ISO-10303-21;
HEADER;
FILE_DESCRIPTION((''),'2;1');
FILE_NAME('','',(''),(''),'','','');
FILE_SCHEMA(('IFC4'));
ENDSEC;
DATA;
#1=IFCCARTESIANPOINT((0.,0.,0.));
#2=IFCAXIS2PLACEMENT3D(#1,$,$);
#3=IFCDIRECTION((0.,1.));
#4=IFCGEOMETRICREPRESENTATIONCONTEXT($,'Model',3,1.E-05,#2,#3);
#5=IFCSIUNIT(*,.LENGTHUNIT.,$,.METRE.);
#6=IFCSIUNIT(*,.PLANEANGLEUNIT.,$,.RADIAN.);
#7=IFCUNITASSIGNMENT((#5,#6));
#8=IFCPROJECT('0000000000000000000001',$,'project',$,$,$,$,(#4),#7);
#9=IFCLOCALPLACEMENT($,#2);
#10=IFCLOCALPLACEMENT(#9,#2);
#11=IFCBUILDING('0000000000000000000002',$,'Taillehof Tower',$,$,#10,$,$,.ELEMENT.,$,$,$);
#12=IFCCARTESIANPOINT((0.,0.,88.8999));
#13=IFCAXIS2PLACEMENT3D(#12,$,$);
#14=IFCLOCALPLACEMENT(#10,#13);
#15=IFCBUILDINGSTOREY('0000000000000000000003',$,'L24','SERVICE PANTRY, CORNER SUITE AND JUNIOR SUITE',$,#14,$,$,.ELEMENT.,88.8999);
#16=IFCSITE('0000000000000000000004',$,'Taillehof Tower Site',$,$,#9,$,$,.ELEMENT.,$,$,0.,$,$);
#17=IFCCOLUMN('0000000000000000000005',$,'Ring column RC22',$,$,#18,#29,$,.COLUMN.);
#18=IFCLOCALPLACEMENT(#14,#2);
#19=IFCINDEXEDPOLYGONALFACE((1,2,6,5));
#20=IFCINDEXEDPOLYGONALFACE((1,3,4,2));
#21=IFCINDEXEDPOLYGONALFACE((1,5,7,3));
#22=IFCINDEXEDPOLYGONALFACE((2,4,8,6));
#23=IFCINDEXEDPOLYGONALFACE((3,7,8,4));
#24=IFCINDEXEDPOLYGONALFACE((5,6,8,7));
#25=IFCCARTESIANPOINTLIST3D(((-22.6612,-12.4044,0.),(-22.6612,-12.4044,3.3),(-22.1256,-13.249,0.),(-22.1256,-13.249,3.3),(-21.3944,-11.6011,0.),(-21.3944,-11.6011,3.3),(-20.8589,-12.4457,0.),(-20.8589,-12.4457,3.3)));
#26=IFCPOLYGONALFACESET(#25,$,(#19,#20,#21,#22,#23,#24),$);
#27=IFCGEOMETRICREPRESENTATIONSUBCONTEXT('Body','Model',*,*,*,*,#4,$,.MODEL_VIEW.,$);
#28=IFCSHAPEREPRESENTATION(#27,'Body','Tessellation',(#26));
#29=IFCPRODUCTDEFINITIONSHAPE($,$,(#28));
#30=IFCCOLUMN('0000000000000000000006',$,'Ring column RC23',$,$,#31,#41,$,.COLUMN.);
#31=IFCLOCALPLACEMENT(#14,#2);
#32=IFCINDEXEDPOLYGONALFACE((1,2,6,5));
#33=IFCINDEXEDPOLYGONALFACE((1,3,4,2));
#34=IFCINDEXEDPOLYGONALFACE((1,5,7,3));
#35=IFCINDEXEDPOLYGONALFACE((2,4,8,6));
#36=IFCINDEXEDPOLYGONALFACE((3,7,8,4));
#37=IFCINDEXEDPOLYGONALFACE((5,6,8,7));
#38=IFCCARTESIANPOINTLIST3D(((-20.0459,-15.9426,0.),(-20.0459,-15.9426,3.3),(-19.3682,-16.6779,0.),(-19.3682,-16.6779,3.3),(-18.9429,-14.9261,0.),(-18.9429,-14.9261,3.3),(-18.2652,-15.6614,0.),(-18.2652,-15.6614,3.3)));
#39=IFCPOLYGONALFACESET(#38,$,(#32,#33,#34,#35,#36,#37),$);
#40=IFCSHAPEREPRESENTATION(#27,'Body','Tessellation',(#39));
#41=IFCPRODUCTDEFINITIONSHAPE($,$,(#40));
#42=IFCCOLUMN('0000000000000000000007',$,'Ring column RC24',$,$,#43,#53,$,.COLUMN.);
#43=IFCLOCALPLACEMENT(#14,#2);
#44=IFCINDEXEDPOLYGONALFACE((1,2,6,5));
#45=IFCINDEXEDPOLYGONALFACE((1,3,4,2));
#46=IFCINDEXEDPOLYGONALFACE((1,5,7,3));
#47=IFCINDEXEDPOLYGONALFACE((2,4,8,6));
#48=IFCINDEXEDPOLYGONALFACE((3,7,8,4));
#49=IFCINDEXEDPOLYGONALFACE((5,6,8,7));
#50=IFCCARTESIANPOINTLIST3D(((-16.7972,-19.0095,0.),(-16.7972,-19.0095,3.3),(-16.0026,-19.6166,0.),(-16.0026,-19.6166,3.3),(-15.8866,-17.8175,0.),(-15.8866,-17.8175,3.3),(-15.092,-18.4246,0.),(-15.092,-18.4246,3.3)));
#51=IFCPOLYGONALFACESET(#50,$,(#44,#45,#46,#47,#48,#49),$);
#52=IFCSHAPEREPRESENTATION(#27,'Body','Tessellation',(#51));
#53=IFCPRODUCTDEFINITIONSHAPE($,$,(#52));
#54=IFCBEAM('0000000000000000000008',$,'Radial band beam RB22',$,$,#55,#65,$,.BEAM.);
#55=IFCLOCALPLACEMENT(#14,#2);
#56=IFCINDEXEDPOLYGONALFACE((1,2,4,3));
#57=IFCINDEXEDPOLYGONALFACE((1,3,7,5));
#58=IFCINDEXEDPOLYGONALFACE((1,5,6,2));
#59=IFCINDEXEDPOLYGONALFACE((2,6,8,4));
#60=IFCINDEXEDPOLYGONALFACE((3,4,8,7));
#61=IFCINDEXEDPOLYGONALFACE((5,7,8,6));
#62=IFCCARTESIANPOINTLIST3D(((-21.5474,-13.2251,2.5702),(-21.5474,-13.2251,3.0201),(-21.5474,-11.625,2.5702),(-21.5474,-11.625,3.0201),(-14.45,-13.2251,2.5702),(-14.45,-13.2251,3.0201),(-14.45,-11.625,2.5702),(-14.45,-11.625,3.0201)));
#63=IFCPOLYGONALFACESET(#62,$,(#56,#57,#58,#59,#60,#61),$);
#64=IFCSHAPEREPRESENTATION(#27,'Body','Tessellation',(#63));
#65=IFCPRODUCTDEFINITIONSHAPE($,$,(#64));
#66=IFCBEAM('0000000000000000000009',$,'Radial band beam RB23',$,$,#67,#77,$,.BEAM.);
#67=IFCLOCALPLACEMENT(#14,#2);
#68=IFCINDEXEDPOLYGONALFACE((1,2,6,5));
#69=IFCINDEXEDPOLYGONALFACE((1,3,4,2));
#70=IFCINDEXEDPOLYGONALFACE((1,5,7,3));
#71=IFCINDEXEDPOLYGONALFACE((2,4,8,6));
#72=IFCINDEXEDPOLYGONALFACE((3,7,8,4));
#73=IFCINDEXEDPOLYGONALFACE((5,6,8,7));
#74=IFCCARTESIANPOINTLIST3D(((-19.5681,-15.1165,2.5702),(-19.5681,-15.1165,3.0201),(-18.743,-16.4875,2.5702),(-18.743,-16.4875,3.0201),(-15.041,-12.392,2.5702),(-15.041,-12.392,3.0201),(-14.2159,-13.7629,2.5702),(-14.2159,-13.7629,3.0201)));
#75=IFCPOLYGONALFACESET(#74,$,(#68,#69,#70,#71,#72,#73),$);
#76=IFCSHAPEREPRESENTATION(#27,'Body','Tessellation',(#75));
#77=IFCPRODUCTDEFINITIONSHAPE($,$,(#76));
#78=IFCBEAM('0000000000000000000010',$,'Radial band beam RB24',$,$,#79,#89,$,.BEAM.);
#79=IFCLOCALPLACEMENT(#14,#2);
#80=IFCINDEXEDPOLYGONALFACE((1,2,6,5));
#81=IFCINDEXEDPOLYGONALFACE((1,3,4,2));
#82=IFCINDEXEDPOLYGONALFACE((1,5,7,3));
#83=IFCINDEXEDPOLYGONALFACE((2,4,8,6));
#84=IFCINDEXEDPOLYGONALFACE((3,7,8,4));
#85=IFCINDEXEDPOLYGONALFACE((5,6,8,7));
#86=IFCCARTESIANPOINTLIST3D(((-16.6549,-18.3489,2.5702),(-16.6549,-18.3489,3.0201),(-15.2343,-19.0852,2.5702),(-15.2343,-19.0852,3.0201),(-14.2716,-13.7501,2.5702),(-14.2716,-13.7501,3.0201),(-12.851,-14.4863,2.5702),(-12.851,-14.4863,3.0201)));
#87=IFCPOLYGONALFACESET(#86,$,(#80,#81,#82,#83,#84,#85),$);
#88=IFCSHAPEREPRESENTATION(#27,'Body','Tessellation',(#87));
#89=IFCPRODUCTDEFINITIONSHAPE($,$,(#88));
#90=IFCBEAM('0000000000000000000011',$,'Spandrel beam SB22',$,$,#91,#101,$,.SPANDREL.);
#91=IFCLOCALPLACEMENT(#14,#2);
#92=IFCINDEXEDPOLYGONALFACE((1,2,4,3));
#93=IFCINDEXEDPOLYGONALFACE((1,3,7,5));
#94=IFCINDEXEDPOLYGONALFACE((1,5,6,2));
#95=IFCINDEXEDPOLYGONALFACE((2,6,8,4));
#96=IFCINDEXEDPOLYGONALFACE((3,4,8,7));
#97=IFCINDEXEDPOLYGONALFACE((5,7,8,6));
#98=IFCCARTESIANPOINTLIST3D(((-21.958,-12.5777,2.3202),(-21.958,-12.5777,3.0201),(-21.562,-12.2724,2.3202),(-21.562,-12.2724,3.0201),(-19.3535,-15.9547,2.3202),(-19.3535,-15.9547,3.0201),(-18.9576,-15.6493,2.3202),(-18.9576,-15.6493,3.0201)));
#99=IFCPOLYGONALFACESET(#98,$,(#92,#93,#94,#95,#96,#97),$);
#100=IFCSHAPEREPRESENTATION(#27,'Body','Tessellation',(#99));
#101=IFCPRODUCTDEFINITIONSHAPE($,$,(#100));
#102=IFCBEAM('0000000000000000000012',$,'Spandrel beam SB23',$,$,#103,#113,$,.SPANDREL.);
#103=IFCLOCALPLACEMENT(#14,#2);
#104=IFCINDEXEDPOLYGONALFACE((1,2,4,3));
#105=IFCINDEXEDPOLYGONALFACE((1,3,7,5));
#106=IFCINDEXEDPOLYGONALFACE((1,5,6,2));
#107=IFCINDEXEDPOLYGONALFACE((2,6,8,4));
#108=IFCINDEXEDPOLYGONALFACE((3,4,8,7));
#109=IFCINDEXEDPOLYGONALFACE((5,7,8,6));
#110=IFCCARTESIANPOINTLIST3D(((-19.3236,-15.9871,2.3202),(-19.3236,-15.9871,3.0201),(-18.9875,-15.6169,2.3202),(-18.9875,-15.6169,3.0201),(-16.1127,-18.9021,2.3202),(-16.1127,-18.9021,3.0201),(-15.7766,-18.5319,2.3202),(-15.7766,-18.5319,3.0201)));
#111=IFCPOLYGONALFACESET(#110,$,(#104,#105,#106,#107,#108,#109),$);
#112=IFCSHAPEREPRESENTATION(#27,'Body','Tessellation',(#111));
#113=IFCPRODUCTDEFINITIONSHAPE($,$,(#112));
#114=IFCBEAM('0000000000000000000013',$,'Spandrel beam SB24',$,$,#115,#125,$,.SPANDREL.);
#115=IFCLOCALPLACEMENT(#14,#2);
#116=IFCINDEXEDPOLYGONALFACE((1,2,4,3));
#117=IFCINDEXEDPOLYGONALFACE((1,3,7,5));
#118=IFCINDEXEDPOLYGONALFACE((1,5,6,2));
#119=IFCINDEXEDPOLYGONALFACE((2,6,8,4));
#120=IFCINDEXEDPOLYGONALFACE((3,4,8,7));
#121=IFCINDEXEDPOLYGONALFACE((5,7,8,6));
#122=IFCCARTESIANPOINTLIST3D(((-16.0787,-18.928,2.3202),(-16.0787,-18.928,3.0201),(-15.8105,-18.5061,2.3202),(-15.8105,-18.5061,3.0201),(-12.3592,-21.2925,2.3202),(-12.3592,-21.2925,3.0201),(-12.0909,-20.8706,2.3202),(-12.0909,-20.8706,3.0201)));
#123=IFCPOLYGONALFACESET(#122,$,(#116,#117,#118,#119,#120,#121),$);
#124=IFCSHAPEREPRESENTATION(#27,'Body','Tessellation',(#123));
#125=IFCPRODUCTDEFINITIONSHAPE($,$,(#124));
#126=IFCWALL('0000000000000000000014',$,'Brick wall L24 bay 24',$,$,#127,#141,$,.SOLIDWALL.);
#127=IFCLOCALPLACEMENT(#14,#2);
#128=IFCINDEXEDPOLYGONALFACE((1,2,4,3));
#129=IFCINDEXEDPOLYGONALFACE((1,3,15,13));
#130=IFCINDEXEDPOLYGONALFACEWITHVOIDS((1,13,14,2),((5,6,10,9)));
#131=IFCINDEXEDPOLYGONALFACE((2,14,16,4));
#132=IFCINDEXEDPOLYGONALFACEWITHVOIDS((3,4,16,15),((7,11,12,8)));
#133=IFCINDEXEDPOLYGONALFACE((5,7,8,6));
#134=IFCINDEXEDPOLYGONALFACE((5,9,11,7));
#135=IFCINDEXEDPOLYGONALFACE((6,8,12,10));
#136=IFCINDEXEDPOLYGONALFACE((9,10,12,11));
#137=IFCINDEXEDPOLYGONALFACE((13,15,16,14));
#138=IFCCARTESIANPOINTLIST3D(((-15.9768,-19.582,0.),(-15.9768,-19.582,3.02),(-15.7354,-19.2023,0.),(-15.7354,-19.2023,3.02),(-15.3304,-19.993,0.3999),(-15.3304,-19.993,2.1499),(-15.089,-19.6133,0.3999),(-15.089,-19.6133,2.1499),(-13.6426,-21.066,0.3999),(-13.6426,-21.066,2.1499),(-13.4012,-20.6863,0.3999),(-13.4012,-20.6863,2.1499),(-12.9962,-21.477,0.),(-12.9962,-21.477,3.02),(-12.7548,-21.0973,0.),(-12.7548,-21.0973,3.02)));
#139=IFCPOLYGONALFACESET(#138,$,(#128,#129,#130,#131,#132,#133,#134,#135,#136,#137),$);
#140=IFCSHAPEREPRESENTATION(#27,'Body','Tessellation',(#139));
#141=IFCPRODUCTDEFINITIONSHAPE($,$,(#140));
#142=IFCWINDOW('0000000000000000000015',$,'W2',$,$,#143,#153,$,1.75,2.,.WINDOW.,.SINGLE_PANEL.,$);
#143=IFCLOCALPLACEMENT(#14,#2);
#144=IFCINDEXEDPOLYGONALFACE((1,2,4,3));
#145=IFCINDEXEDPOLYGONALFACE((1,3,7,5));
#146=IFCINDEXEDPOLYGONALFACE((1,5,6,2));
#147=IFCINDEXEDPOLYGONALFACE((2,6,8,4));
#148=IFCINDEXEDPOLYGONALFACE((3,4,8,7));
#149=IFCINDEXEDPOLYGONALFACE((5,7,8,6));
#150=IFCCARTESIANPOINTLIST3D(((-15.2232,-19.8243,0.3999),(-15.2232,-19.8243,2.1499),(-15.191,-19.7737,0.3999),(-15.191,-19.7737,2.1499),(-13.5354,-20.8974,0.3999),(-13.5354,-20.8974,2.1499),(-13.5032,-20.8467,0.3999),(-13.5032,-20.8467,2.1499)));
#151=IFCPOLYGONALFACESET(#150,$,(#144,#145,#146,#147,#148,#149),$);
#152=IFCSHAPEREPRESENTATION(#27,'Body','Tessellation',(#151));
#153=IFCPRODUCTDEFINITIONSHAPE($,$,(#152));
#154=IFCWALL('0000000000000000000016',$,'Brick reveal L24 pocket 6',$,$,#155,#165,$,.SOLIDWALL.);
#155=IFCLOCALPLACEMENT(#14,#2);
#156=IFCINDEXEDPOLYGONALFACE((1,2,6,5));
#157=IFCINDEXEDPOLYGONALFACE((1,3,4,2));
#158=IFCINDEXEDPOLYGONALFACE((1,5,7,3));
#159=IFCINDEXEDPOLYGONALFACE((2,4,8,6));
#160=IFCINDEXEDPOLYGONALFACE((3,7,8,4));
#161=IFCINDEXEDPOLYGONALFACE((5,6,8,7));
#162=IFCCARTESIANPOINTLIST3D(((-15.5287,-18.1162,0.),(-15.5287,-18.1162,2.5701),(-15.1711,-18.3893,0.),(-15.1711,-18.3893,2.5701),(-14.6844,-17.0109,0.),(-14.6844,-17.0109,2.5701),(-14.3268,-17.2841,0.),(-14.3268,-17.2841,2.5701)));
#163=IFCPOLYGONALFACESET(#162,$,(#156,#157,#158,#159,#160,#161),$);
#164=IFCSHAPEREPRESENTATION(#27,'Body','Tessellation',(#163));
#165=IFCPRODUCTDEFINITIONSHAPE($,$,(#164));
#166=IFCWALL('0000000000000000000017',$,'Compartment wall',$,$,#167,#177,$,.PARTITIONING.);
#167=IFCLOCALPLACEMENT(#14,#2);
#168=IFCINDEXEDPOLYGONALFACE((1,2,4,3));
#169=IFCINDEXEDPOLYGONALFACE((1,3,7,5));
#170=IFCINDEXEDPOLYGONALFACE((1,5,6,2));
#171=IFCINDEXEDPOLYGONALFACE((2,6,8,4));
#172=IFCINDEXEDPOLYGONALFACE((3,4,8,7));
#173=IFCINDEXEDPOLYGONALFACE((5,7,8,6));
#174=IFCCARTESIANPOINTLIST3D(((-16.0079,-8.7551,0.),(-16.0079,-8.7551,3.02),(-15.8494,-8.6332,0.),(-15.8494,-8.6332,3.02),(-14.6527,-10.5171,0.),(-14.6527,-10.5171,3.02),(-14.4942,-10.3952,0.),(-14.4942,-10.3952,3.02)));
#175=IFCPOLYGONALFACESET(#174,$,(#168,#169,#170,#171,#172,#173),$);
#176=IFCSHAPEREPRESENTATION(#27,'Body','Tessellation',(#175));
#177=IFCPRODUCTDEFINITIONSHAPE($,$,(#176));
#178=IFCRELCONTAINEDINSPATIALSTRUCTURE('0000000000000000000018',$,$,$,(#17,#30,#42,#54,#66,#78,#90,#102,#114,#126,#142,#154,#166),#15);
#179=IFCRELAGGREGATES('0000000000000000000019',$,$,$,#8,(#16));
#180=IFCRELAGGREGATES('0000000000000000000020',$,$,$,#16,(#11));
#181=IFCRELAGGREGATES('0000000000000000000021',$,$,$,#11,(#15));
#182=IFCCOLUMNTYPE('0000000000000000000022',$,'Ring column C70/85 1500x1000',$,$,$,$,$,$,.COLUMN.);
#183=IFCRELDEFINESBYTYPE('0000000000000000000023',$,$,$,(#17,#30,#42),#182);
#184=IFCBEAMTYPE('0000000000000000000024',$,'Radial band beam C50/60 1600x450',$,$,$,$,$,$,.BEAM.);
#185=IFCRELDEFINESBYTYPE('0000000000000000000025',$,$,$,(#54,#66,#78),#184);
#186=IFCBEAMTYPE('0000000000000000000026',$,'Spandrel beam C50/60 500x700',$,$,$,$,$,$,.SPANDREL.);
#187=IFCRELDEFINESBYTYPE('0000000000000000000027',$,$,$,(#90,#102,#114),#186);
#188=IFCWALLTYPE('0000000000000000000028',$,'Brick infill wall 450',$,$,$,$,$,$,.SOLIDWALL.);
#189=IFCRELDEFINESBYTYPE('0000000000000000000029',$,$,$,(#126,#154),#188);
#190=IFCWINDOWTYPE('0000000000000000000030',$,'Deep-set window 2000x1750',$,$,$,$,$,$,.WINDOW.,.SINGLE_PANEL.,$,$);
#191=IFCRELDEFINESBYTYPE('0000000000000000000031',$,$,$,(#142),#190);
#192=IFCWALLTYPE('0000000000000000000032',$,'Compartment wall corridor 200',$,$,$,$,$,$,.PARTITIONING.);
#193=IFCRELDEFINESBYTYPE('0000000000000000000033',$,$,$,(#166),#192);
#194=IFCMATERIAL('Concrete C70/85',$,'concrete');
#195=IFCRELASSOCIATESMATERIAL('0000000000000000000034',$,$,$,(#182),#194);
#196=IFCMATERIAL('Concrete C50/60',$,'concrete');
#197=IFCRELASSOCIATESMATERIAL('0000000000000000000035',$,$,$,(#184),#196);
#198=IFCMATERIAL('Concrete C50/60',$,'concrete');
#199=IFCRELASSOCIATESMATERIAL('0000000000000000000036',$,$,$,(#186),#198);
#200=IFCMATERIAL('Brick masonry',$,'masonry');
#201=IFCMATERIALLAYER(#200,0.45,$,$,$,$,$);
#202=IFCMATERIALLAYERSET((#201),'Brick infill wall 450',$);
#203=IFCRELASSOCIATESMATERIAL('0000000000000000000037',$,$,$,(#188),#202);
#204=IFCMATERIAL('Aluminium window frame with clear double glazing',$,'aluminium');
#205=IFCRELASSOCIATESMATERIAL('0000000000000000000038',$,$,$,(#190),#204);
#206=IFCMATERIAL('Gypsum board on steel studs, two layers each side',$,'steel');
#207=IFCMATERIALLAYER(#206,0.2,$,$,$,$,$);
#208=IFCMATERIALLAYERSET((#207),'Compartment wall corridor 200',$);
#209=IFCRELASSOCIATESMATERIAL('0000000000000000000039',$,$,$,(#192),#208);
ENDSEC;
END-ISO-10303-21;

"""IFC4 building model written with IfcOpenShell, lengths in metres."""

from ifc_helpers import new_model, si_unit, direction, frame, frame_2d, origin, origin_2d, place, context, subcontext, project, spatial, rectangle, extrude, material, layer, layer_set, material_profile, profile_set, type_object, element, fill, save


model = new_model("IFC4")

# Units and contexts
model_context = context("Model", 3, precision=1e-05, world=origin(), true_north=direction((0.0, 1.0)))
body_context = subcontext(model_context, "Body", "Model", "MODEL_VIEW")
ifc_project = project(units=[si_unit("LENGTHUNIT", "METRE"), si_unit("PLANEANGLEUNIT", "RADIAN")], contexts=[model_context])

# Site, building, storey
site_placement = place(None, origin())
site = spatial("IfcSite", under=ifc_project, at=site_placement, Name="Taillehof Tower Site", CompositionType="ELEMENT", RefElevation=0.0)
building_placement = place(site_placement, origin())
building = spatial("IfcBuilding", under=site, at=building_placement, Name="Taillehof Tower", CompositionType="ELEMENT")
storey_placement = place(building_placement, frame((0.0, 0.0, 88.8999)))
storey = spatial("IfcBuildingStorey", under=building, at=storey_placement, Name="L24", Description="SERVICE PANTRY, CORNER SUITE AND JUNIOR SUITE", CompositionType="ELEMENT", Elevation=88.8999)

# Columns
ifc_material_1 = material(Name="Concrete C70/85", Category="concrete")
ifc_material_profile_1 = material_profile(ifc_material_1, rectangle(XDim=1.5, YDim=1.0, at=origin_2d()), Name="RC 1500x1000")
ifc_profile_set_1 = profile_set([ifc_material_profile_1], Name="Concrete C70/85")
column_type = type_object("IfcColumnType", Name="Ring column C70/85 1500x1000", PredefinedType="COLUMN", material=ifc_profile_set_1)
for number, where, z_axis, x_axis, name in (
    (1, (-21.76, -12.425, 0.0), (0.0, 0.0, 1.0), (-0.844511, -0.535537, 0.0), "Ring column RC22"),
    (2, (-19.1555, -15.802, 0.0), (0.0, 0.0, 1.0), (-0.735332, -0.677707, 0.0), "Ring column RC23"),
    (3, (-15.9446, -18.717, 0.0), (0.0, 0.0, 1.0), (-0.607074, -0.794645, 0.0), "Ring column RC24"),
):
    element("IfcColumn", number, at=place(storey_placement, frame(where, z_axis=z_axis, x_axis=x_axis)), inside=storey, type_object=column_type, Name=name, PredefinedType="COLUMN", context=body_context, shape_type="SweptSolid", body=[
        extrude(rectangle(XDim=1.5, YDim=1.0, at=origin_2d()), origin(), (0.0, 0.0, 1.0), 3.3),
    ])

# Beams
ifc_material_2 = material(Name="Concrete C50/60", Category="concrete")
ifc_material_profile_2 = material_profile(ifc_material_2, rectangle(XDim=1.6001, YDim=0.45, at=origin_2d()), Name="RC 1600x450")
ifc_profile_set_2 = profile_set([ifc_material_profile_2], Name="Concrete C50/60")
beam_type_1 = type_object("IfcBeamType", Name="Radial band beam C50/60 1600x450", PredefinedType="BEAM", material=ifc_profile_set_2)
beam_1_placement = place(storey_placement, frame((-21.5474, -12.425, 2.7952), z_axis=(1.0, 0.0, 0.0), x_axis=(0.0, 1.0, 0.0)))
element("IfcBeam", 4, at=beam_1_placement, inside=storey, type_object=beam_type_1, Name="Radial band beam RB22", PredefinedType="BEAM", context=body_context, shape_type="SweptSolid", body=[
    extrude(rectangle(XDim=1.6001, YDim=0.45, at=origin_2d()), origin(), (0.0, 0.0, 1.0), 7.0974),
])
beam_2_placement = place(storey_placement, frame((-19.1555, -15.802, 2.7952), z_axis=(0.856795, 0.515657, 0.0), x_axis=(-0.515657, 0.856795, 0.0)))
element("IfcBeam", 5, at=beam_2_placement, inside=storey, type_object=beam_type_1, Name="Radial band beam RB23", PredefinedType="BEAM", context=body_context, shape_type="SweptSolid", body=[
    extrude(rectangle(XDim=1.6001, YDim=0.45, at=origin_2d()), origin(), (0.0, 0.0, 1.0), 5.2837),
])
beam_3_placement = place(storey_placement, frame((-15.9446, -18.717, 2.7952), z_axis=(0.460119, 0.887857, 0.0), x_axis=(-0.887857, 0.460119, 0.0)))
element("IfcBeam", 6, at=beam_3_placement, inside=storey, type_object=beam_type_1, Name="Radial band beam RB24", PredefinedType="BEAM", context=body_context, shape_type="SweptSolid", body=[
    extrude(rectangle(XDim=1.6001, YDim=0.45, at=origin_2d()), origin(), (0.0, 0.0, 1.0), 5.1797),
])
ifc_material_3 = material(Name="Concrete C50/60", Category="concrete")
ifc_material_profile_3 = material_profile(ifc_material_3, rectangle(XDim=0.5, YDim=0.7, at=origin_2d()), Name="RC 500x700")
ifc_profile_set_3 = profile_set([ifc_material_profile_3], Name="Concrete C50/60")
beam_type_2 = type_object("IfcBeamType", Name="Spandrel beam C50/60 500x700", PredefinedType="SPANDREL", material=ifc_profile_set_3)
beam_4_placement = place(storey_placement, frame((-21.76, -12.425, 2.6702), z_axis=(0.610717, -0.791849, 0.0), x_axis=(0.791849, 0.610717, 0.0)))
element("IfcBeam", 7, at=beam_4_placement, inside=storey, type_object=beam_type_2, Name="Spandrel beam SB22", PredefinedType="SPANDREL", context=body_context, shape_type="SweptSolid", body=[
    extrude(rectangle(XDim=0.5, YDim=0.7, at=origin_2d()), origin(), (0.0, 0.0, 1.0), 4.2646),
])
beam_5_placement = place(storey_placement, frame((-19.1555, -15.802, 2.6702), z_axis=(0.740398, -0.672168, 0.0), x_axis=(0.672168, 0.740398, 0.0)))
element("IfcBeam", 8, at=beam_5_placement, inside=storey, type_object=beam_type_2, Name="Spandrel beam SB23", PredefinedType="SPANDREL", context=body_context, shape_type="SweptSolid", body=[
    extrude(rectangle(XDim=0.5, YDim=0.7, at=origin_2d()), origin(), (0.0, 0.0, 1.0), 4.3367),
])
beam_6_placement = place(storey_placement, frame((-15.9446, -18.717, 2.6702), z_axis=(0.843912, -0.536481, 0.0), x_axis=(0.536481, 0.843912, 0.0)))
element("IfcBeam", 9, at=beam_6_placement, inside=storey, type_object=beam_type_2, Name="Spandrel beam SB24", PredefinedType="SPANDREL", context=body_context, shape_type="SweptSolid", body=[
    extrude(rectangle(XDim=0.5, YDim=0.7, at=origin_2d()), origin(), (0.0, 0.0, 1.0), 4.4075),
])

# Wall, opening, window
ifc_material_4 = material(Name="Brick masonry", Category="masonry")
ifc_layer_1 = layer(ifc_material_4, 0.45)
ifc_layer_set_1 = layer_set([ifc_layer_1], Name="Brick infill wall 450")
wall_type_1 = type_object("IfcWallType", Name="Brick infill wall 450", PredefinedType="SOLIDWALL", material=ifc_layer_set_1)
wall_1_placement = place(storey_placement, frame((-15.8562, -19.3921, 0.0), z_axis=(0.0, 0.0, 1.0), x_axis=(0.843892, -0.536513, 0.0)))
wall_1 = element("IfcWall", 10, at=wall_1_placement, inside=storey, type_object=wall_type_1, Name="Brick wall L24 bay 24", PredefinedType="SOLIDWALL", context=body_context, shape_type="SweptSolid", body=[
    extrude(rectangle(XDim=3.532, YDim=0.45, at=frame_2d((1.7661, 0.0))), origin(), (0.0, 0.0, 1.0), 3.02),
])
opening_1_placement = place(wall_1_placement, frame((0.7661, 0.0, 0.3999)))
opening_1 = element("IfcOpeningElement", 11, at=opening_1_placement, cuts=wall_1, PredefinedType="OPENING", context=body_context, shape_type="SweptSolid", body=[
    extrude(rectangle(XDim=2.0, YDim=1.75, at=frame_2d((1.0, 0.875))), frame((0.0, 0.2349, 0.0), z_axis=(0.0, -1.0, 0.0), x_axis=(1.0, 0.0, 0.0)), (0.0, 0.0, 1.0), 0.47),
])
ifc_material_5 = material(Name="Aluminium window frame with clear double glazing", Category="aluminium")
window_type_1 = type_object("IfcWindowType", Name="Deep-set window 2000x1750", PartitioningType="SINGLE_PANEL", PredefinedType="WINDOW", material=ifc_material_5)
window_1_placement = place(opening_1_placement, origin())
window_1 = element("IfcWindow", 12, at=window_1_placement, inside=storey, type_object=window_type_1, Name="W2", OverallHeight=1.75, OverallWidth=2.0, PartitioningType="SINGLE_PANEL", PredefinedType="WINDOW", context=body_context, shape_type="SweptSolid", body=[
    extrude(rectangle(XDim=2.0, YDim=1.75, at=frame_2d((1.0, 0.875))), frame((0.0, 0.0349, 0.0), z_axis=(0.0, -1.0, 0.0), x_axis=(1.0, 0.0, 0.0)), (0.0, 0.0, 1.0), 0.0601),
])
fill(opening_1, window_1)

# Wall
wall_2_placement = place(storey_placement, frame((-15.3499, -18.2527, 0.0), z_axis=(0.0, 0.0, 1.0), x_axis=(0.607026, 0.794682, 0.0)))
element("IfcWall", 13, at=wall_2_placement, inside=storey, type_object=wall_type_1, Name="Brick reveal L24 pocket 6", PredefinedType="SOLIDWALL", context=body_context, shape_type="SweptSolid", body=[
    extrude(rectangle(XDim=1.3909, YDim=0.45, at=frame_2d((0.6953, 0.0))), origin(), (0.0, 0.0, 1.0), 2.5701),
])

# Wall
ifc_material_6 = material(Name="Gypsum board on steel studs, two layers each side", Category="steel")
ifc_layer_2 = layer(ifc_material_6, 0.2)
ifc_layer_set_2 = layer_set([ifc_layer_2], Name="Compartment wall corridor 200")
wall_type_2 = type_object("IfcWallType", Name="Compartment wall corridor 200", PredefinedType="PARTITIONING", material=ifc_layer_set_2)
wall_3_placement = place(storey_placement, frame((-14.5735, -10.4561, 0.0), z_axis=(0.0, 0.0, 1.0), x_axis=(-0.609674, 0.792653, 0.0)))
element("IfcWall", 14, at=wall_3_placement, inside=storey, type_object=wall_type_2, Name="Compartment wall", PredefinedType="PARTITIONING", context=body_context, shape_type="SweptSolid", body=[
    extrude(rectangle(XDim=2.2229, YDim=0.2, at=frame_2d((1.1113, 0.0))), origin(), (0.0, 0.0, 1.0), 3.02),
])

save(model, "model.ifc")
